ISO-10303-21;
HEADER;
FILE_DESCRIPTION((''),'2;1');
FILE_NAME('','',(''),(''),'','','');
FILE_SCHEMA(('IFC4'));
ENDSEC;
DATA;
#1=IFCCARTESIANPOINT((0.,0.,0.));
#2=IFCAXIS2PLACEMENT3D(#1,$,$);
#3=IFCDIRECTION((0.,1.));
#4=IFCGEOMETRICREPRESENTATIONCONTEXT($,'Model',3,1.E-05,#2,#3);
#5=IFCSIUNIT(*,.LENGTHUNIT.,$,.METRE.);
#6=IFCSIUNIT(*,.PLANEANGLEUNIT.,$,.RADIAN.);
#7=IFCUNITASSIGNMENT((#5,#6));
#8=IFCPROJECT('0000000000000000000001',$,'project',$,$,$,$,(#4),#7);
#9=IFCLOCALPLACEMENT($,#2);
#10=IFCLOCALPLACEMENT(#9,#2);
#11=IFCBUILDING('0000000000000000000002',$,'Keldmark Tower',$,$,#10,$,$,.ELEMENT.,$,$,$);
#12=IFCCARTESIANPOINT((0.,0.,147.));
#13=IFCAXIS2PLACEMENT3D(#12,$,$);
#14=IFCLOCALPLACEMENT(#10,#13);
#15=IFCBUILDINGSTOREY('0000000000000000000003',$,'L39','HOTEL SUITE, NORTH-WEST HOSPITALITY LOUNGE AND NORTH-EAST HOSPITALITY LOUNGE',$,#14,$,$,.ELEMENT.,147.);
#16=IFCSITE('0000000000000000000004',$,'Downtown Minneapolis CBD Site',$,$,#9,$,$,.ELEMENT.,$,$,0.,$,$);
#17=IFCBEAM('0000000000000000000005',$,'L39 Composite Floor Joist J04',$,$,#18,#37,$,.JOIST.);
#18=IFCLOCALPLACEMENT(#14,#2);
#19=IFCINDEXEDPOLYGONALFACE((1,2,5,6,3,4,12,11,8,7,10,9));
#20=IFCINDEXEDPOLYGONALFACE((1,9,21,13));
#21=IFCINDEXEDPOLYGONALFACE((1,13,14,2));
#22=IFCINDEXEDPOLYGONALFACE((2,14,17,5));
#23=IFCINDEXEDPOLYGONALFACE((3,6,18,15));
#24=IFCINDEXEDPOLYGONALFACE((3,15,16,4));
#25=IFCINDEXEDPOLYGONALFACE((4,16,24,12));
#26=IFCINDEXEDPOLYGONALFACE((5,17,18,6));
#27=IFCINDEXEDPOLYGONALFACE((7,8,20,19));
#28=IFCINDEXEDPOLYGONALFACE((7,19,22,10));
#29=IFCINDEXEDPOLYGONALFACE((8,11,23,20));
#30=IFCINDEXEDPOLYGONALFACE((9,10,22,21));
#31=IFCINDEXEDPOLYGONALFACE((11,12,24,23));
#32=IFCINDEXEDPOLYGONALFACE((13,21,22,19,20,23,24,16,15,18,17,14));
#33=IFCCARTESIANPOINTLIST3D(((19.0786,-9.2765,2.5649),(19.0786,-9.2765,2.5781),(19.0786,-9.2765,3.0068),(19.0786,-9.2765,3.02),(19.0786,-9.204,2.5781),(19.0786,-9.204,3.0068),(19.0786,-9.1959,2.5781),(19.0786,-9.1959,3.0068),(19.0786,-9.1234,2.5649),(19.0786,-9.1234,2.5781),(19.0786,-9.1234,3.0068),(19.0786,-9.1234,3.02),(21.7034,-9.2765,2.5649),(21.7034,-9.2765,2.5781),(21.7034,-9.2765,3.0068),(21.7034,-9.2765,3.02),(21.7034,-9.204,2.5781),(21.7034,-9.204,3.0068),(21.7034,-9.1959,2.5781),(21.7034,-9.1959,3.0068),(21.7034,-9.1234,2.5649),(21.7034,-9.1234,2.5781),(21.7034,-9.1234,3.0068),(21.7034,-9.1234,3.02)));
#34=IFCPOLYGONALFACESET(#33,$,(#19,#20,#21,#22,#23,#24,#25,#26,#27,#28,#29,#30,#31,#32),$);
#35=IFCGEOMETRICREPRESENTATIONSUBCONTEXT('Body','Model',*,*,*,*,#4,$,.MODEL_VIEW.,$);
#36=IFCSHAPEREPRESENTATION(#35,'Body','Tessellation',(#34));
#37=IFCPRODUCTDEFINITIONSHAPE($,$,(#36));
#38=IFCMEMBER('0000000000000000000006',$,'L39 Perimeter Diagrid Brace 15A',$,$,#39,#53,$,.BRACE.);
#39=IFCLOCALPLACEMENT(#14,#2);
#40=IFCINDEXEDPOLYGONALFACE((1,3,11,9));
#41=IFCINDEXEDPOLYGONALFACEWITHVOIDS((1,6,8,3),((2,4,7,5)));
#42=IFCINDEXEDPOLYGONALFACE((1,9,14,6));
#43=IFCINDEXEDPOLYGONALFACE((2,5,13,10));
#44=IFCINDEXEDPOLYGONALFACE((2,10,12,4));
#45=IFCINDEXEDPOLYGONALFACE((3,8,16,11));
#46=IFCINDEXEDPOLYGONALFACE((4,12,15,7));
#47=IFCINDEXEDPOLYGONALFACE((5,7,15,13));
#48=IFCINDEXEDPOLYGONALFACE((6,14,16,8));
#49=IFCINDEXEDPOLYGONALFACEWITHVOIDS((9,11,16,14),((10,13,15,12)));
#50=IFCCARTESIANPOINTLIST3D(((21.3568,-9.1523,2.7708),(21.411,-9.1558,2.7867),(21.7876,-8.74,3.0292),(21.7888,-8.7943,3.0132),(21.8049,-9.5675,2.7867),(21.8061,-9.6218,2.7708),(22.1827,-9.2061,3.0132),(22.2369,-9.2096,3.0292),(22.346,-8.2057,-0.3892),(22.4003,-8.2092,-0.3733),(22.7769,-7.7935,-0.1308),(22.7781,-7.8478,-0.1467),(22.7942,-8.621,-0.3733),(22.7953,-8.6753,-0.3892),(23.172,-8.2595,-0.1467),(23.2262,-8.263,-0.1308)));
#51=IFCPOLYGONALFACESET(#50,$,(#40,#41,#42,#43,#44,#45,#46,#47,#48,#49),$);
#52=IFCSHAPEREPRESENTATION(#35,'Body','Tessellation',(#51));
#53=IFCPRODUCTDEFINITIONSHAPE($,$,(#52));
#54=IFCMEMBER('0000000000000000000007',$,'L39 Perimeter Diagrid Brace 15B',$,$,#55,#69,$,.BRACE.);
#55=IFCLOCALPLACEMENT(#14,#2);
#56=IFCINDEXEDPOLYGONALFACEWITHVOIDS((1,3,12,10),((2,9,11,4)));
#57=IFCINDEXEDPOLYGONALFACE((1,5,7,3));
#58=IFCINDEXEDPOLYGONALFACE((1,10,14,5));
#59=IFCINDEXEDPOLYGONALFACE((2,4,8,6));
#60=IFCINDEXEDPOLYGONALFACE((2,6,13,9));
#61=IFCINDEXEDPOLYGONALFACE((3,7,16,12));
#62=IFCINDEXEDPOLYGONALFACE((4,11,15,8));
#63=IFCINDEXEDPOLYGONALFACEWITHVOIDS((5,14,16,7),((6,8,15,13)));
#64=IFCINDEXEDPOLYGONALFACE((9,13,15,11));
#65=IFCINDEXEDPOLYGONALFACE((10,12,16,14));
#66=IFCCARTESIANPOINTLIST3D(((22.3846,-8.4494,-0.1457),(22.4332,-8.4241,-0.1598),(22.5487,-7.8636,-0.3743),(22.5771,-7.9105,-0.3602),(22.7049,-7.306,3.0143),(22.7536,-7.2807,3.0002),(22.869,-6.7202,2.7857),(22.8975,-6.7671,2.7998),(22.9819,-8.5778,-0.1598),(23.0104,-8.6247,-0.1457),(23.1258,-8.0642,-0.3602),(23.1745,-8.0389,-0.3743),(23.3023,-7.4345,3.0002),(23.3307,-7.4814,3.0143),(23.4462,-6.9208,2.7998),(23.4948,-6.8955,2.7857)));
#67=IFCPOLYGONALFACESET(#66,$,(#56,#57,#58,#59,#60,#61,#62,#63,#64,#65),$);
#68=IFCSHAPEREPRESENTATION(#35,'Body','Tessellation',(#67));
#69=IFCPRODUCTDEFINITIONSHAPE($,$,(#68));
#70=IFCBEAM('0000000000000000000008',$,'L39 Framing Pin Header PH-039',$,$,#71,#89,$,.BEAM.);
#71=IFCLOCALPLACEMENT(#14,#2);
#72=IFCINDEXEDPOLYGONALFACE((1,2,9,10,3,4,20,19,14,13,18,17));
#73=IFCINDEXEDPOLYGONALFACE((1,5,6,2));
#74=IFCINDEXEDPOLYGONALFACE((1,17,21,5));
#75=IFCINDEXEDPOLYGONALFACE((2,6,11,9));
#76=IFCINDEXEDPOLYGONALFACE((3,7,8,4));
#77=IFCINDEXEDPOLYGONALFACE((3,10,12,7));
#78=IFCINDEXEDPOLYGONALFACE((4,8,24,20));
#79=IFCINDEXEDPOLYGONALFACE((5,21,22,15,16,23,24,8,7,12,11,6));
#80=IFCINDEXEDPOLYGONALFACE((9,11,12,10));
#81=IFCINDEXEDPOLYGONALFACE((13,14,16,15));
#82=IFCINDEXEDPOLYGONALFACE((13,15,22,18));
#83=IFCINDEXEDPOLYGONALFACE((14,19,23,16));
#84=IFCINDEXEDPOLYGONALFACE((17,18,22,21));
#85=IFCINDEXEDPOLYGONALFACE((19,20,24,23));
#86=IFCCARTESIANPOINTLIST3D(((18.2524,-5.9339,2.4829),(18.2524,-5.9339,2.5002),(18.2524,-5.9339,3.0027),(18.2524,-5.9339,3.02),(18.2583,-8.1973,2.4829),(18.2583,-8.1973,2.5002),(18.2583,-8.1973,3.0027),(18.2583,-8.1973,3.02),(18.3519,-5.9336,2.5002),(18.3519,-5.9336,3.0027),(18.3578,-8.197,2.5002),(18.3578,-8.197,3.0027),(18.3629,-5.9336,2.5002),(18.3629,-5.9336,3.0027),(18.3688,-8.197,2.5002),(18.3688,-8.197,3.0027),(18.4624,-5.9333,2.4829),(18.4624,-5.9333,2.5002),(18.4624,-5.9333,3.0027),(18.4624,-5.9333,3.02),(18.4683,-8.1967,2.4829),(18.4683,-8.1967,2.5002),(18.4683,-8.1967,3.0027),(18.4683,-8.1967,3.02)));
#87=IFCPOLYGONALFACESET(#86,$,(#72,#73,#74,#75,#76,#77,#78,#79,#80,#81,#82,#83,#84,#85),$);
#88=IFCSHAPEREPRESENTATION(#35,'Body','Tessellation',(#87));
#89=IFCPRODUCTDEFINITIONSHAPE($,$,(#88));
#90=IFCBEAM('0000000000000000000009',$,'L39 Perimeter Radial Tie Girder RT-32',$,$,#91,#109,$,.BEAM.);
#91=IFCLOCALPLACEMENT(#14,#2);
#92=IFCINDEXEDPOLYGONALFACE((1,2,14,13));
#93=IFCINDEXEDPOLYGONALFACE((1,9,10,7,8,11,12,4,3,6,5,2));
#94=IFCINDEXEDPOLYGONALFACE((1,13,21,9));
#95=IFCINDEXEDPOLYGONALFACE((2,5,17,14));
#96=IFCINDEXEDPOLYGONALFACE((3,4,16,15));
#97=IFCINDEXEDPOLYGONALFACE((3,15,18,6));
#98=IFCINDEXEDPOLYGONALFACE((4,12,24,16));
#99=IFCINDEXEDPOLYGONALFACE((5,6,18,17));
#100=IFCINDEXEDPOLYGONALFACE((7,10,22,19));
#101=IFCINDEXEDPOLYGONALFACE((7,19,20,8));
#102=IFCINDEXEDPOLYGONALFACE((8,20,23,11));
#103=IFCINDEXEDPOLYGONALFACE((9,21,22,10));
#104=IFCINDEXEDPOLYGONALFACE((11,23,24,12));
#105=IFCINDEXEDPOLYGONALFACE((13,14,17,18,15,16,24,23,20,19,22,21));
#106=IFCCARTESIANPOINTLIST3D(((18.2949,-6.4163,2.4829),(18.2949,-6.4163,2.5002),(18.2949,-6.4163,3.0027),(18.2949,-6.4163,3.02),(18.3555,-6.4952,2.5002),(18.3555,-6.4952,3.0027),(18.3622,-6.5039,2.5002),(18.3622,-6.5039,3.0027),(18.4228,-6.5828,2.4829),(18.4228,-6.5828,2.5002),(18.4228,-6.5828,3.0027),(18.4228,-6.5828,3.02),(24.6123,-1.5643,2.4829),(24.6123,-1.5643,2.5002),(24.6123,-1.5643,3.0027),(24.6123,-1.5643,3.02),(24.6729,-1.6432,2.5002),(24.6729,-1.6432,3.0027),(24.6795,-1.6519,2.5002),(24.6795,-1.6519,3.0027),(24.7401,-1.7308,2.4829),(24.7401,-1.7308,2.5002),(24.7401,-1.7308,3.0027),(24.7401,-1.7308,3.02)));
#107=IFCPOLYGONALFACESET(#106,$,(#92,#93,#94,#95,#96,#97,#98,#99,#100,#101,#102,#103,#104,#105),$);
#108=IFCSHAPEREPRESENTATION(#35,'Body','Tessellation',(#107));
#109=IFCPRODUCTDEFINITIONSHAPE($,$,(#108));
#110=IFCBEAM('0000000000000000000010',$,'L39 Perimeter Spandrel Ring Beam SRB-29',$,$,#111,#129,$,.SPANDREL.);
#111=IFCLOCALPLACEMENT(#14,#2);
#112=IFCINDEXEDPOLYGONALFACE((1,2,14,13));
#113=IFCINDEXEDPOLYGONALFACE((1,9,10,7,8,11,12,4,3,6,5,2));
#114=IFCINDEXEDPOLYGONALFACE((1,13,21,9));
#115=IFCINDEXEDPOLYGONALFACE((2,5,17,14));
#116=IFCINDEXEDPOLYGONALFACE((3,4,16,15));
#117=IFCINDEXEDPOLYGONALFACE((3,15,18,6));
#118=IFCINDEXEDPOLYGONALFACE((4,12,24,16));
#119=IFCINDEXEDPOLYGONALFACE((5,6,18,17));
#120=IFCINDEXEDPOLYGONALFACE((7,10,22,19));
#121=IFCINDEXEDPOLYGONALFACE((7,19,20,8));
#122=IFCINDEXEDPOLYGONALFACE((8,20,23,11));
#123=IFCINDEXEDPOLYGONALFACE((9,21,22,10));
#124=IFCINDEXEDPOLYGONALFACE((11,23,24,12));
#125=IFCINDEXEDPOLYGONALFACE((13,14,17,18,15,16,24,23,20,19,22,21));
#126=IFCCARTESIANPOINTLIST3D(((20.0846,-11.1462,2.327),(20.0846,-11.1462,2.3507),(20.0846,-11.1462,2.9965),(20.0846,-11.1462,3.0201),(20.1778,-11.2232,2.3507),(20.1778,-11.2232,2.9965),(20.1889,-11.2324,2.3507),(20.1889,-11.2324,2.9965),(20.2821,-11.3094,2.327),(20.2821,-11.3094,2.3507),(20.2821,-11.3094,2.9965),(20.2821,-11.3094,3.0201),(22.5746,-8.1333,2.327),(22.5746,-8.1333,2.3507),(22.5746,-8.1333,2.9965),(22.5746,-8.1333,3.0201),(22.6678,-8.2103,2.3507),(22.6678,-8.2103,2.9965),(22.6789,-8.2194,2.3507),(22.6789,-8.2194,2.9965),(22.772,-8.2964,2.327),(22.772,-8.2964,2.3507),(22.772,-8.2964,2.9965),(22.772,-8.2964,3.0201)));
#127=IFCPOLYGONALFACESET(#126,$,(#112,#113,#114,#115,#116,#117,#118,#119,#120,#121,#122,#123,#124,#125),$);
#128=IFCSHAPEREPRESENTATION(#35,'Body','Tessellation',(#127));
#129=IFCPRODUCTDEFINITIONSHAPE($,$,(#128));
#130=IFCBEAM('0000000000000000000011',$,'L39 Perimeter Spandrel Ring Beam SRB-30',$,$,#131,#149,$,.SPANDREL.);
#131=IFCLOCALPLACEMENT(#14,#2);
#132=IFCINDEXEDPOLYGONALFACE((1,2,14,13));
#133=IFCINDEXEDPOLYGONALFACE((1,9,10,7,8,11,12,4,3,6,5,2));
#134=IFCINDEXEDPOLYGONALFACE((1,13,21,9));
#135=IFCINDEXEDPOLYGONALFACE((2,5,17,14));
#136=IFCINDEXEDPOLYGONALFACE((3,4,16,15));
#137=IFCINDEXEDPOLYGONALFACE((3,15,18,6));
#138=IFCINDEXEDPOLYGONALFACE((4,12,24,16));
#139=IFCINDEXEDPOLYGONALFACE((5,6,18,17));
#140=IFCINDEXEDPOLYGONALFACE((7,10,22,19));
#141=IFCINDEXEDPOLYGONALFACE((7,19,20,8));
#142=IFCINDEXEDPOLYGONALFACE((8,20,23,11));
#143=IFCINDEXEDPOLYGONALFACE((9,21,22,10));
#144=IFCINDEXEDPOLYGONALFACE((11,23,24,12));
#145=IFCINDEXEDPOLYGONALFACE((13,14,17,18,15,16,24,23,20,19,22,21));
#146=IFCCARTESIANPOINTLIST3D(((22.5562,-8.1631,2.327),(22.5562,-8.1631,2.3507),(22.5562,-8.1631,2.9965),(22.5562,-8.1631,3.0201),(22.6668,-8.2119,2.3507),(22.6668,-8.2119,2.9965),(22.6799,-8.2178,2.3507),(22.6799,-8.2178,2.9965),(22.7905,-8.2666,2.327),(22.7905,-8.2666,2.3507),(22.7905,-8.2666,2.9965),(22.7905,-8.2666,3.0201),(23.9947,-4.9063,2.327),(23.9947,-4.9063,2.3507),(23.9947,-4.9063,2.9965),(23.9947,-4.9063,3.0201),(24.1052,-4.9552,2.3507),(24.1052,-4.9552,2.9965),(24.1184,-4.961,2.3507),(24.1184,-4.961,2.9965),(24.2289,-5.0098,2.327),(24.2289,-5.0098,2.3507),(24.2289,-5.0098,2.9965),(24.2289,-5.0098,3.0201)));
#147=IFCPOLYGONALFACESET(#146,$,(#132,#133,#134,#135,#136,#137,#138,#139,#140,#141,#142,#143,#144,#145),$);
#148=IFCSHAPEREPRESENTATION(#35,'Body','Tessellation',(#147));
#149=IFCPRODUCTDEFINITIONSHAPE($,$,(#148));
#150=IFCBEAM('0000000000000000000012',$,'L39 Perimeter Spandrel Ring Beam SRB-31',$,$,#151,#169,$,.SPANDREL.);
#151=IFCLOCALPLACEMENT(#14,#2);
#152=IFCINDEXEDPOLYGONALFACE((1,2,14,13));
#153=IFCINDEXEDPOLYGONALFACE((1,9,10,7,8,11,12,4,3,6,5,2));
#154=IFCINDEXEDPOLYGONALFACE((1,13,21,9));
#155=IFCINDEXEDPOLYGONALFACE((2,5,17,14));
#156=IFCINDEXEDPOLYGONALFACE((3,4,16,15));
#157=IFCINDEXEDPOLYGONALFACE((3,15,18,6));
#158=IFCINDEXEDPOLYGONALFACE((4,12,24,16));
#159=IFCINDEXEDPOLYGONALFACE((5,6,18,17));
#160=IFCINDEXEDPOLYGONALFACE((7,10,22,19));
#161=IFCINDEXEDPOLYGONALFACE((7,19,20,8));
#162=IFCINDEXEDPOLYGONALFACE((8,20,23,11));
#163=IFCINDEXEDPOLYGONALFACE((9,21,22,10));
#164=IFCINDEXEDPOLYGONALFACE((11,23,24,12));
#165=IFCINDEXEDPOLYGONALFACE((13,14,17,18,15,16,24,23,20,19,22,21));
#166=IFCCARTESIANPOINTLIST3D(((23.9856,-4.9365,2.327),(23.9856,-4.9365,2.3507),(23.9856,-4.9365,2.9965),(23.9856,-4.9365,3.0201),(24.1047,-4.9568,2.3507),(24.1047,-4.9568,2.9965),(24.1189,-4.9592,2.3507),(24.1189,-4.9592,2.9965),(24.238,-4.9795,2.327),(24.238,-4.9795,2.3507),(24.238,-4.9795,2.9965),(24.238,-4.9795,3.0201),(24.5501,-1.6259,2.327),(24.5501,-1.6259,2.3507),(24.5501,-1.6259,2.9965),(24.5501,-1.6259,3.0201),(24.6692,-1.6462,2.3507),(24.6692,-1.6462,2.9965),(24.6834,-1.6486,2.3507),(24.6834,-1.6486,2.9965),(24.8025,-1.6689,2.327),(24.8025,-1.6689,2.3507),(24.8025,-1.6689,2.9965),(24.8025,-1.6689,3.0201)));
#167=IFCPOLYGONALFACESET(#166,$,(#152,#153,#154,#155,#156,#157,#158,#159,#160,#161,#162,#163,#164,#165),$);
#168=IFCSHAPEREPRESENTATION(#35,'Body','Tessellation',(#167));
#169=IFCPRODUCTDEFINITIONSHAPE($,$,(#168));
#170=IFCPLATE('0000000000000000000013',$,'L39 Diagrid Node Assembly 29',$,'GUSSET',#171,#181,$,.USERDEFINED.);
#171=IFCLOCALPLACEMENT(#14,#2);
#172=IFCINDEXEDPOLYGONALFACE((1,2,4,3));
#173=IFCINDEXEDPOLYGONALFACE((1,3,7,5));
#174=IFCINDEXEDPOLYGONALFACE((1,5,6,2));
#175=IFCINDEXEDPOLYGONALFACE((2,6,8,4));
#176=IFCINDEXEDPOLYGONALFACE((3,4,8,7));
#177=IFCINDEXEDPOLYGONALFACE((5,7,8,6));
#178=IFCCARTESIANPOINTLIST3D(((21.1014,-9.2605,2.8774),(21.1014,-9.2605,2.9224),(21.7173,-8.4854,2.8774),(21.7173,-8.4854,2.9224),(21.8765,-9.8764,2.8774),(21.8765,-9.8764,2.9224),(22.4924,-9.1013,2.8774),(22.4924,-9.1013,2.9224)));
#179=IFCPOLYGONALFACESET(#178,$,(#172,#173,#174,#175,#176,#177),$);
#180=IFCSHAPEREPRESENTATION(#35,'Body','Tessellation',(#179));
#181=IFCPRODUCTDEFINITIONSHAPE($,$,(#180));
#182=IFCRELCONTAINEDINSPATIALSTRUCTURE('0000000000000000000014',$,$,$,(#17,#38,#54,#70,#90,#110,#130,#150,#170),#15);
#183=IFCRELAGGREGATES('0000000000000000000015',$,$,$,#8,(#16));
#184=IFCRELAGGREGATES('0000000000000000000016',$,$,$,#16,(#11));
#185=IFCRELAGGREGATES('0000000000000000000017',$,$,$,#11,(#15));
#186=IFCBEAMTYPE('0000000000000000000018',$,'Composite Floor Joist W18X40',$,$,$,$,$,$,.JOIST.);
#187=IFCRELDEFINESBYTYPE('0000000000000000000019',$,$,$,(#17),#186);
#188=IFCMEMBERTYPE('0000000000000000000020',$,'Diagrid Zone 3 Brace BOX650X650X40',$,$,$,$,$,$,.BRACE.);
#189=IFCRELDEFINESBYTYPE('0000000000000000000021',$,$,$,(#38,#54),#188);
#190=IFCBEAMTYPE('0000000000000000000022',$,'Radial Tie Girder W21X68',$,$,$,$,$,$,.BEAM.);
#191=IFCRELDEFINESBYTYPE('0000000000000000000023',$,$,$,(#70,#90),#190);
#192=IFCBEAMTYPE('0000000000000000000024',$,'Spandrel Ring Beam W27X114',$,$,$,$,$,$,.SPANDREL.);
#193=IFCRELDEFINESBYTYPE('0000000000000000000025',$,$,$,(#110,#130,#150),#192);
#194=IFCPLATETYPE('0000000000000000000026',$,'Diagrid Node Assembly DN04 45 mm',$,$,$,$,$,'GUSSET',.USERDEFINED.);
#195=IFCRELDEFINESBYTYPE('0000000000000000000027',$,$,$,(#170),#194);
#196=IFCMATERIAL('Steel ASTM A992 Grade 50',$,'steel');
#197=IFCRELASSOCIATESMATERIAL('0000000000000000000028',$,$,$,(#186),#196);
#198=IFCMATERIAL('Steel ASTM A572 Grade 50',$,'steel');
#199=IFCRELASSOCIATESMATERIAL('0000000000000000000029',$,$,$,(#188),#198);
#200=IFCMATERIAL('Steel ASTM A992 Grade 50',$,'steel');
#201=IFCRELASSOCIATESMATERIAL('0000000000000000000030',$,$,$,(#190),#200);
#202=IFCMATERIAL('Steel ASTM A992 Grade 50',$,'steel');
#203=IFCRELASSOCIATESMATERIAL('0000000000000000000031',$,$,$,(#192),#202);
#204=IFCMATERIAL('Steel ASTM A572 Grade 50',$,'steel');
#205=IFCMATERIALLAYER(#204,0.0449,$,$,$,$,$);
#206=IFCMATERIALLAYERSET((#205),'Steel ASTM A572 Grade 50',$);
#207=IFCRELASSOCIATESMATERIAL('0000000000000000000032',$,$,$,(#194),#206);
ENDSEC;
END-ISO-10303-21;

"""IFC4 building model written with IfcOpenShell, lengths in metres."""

from ifc_helpers import new_model, si_unit, direction, frame, origin, origin_2d, place, context, subcontext, project, spatial, rectangle, hollow_rectangle, i_section, extrude, material, layer, layer_set, material_profile, profile_set, type_object, element, save


model = new_model("IFC4")

# Units and contexts
model_context = context("Model", 3, precision=1e-05, world=origin(), true_north=direction((0.0, 1.0)))
body_context = subcontext(model_context, "Body", "Model", "MODEL_VIEW")
ifc_project = project(units=[si_unit("LENGTHUNIT", "METRE"), si_unit("PLANEANGLEUNIT", "RADIAN")], contexts=[model_context])

# Site, building, storey
site_placement = place(None, origin())
site = spatial("IfcSite", under=ifc_project, at=site_placement, Name="Downtown Minneapolis CBD Site", CompositionType="ELEMENT", RefElevation=0.0)
building_placement = place(site_placement, origin())
building = spatial("IfcBuilding", under=site, at=building_placement, Name="Keldmark Tower", CompositionType="ELEMENT")
storey_placement = place(building_placement, frame((0.0, 0.0, 147.0)))
storey = spatial("IfcBuildingStorey", under=building, at=storey_placement, Name="L39", Description="HOTEL SUITE, NORTH-WEST HOSPITALITY LOUNGE AND NORTH-EAST HOSPITALITY LOUNGE", CompositionType="ELEMENT", Elevation=147.0)

# Beam
ifc_material_1 = material(Name="Steel ASTM A992 Grade 50", Category="steel")
ifc_material_profile_1 = material_profile(ifc_material_1, i_section(OverallWidth=0.1531, OverallDepth=0.4551, WebThickness=0.0081, FlangeThickness=0.0132, at=origin_2d()), Name="W18X40")
ifc_profile_set_1 = profile_set([ifc_material_profile_1], Name="Steel ASTM A992 Grade 50")
beam_type_1 = type_object("IfcBeamType", Name="Composite Floor Joist W18X40", PredefinedType="JOIST", material=ifc_profile_set_1)
beam_1_placement = place(storey_placement, frame((19.0786, -9.2, 2.7925), z_axis=(1.0, 0.0, 0.0), x_axis=(0.0, 1.0, 0.0)))
element("IfcBeam", 1, at=beam_1_placement, inside=storey, type_object=beam_type_1, Name="L39 Composite Floor Joist J04", PredefinedType="JOIST", context=body_context, shape_type="SweptSolid", body=[
    extrude(i_section(OverallWidth=0.1531, OverallDepth=0.4551, WebThickness=0.0081, FlangeThickness=0.0132, at=origin_2d()), origin(), (0.0, 0.0, 1.0), 2.6248),
])

# Members
ifc_material_2 = material(Name="Steel ASTM A572 Grade 50", Category="steel")
ifc_material_profile_2 = material_profile(ifc_material_2, hollow_rectangle(XDim=0.6499, YDim=0.6499, WallThickness=0.04, at=origin_2d()), Name="BOX650X650X40")
ifc_profile_set_2 = profile_set([ifc_material_profile_2], Name="Steel ASTM A572 Grade 50")
member_type = type_object("IfcMemberType", Name="Diagrid Zone 3 Brace BOX650X650X40", PredefinedType="BRACE", material=ifc_profile_set_2)
member_1_placement = place(storey_placement, frame((22.7861, -8.2344, -0.26), z_axis=(-0.28726, -0.274853, 0.917572), x_axis=(0.691332, -0.722537, 0.0)))
element("IfcMember", 2, at=member_1_placement, inside=storey, type_object=member_type, Name="L39 Perimeter Diagrid Brace 15A", PredefinedType="BRACE", context=body_context, shape_type="SweptSolid", body=[
    extrude(hollow_rectangle(XDim=0.6499, YDim=0.6499, WallThickness=0.04, at=origin_2d()), origin(), (0.0, 0.0, 1.0), 3.4438),
])
member_2_placement = place(storey_placement, frame((22.7795, -8.2441, -0.26), z_axis=(0.09489, 0.338697, 0.936099), x_axis=(-0.962923, 0.269775, 0.0)))
element("IfcMember", 3, at=member_2_placement, inside=storey, type_object=member_type, Name="L39 Perimeter Diagrid Brace 15B", PredefinedType="BRACE", context=body_context, shape_type="SweptSolid", body=[
    extrude(hollow_rectangle(XDim=0.6499, YDim=0.6499, WallThickness=0.04, at=origin_2d()), origin(), (0.0, 0.0, 1.0), 3.3757),
])

# Beams
ifc_material_3 = material(Name="Steel ASTM A992 Grade 50", Category="steel")
ifc_material_profile_3 = material_profile(ifc_material_3, i_section(OverallWidth=0.21, OverallDepth=0.5371, WebThickness=0.011, FlangeThickness=0.0173, at=origin_2d()), Name="W21X68")
ifc_profile_set_3 = profile_set([ifc_material_profile_3], Name="Steel ASTM A992 Grade 50")
beam_type_2 = type_object("IfcBeamType", Name="Radial Tie Girder W21X68", PredefinedType="BEAM", material=ifc_profile_set_3)
beam_2_placement = place(storey_placement, frame((18.3574, -5.9336, 2.7515), z_axis=(0.002589, -0.999997, 0.0), x_axis=(0.999997, 0.002589, 0.0)))
element("IfcBeam", 4, at=beam_2_placement, inside=storey, type_object=beam_type_2, Name="L39 Framing Pin Header PH-039", PredefinedType="BEAM", context=body_context, shape_type="SweptSolid", body=[
    extrude(i_section(OverallWidth=0.21, OverallDepth=0.5371, WebThickness=0.011, FlangeThickness=0.0173, at=origin_2d()), origin(), (0.0, 0.0, 1.0), 2.2634),
])
beam_3_placement = place(storey_placement, frame((18.3589, -6.4995, 2.7515), z_axis=(0.793077, 0.609121, 0.0), x_axis=(-0.609121, 0.793077, 0.0)))
element("IfcBeam", 5, at=beam_3_placement, inside=storey, type_object=beam_type_2, Name="L39 Perimeter Radial Tie Girder RT-32", PredefinedType="BEAM", context=body_context, shape_type="SweptSolid", body=[
    extrude(i_section(OverallWidth=0.21, OverallDepth=0.5371, WebThickness=0.011, FlangeThickness=0.0173, at=origin_2d()), origin(), (0.0, 0.0, 1.0), 7.9656),
])
ifc_material_4 = material(Name="Steel ASTM A992 Grade 50", Category="steel")
ifc_material_profile_4 = material_profile(ifc_material_4, i_section(OverallWidth=0.2561, OverallDepth=0.6931, WebThickness=0.0144, FlangeThickness=0.0237, at=origin_2d()), Name="W27X114")
ifc_profile_set_4 = profile_set([ifc_material_profile_4], Name="Steel ASTM A992 Grade 50")
beam_type_3 = type_object("IfcBeamType", Name="Spandrel Ring Beam W27X114", PredefinedType="SPANDREL", material=ifc_profile_set_4)
beam_4_placement = place(storey_placement, frame((20.1833, -11.2278, 2.6736), z_axis=(0.63704, 0.770831, 0.0), x_axis=(-0.770831, 0.63704, 0.0)))
element("IfcBeam", 6, at=beam_4_placement, inside=storey, type_object=beam_type_3, Name="L39 Perimeter Spandrel Ring Beam SRB-29", PredefinedType="SPANDREL", context=body_context, shape_type="SweptSolid", body=[
    extrude(i_section(OverallWidth=0.2561, OverallDepth=0.6931, WebThickness=0.0144, FlangeThickness=0.0237, at=origin_2d()), origin(), (0.0, 0.0, 1.0), 3.9087),
])
beam_5_placement = place(storey_placement, frame((22.6733, -8.2148, 2.6736), z_axis=(0.404025, 0.914748, 0.0), x_axis=(-0.914748, 0.404025, 0.0)))
element("IfcBeam", 7, at=beam_5_placement, inside=storey, type_object=beam_type_3, Name="L39 Perimeter Spandrel Ring Beam SRB-30", PredefinedType="SPANDREL", context=body_context, shape_type="SweptSolid", body=[
    extrude(i_section(OverallWidth=0.2561, OverallDepth=0.6931, WebThickness=0.0144, FlangeThickness=0.0237, at=origin_2d()), origin(), (0.0, 0.0, 1.0), 3.5603),
])
beam_6_placement = place(storey_placement, frame((24.1118, -4.958, 2.6736), z_axis=(0.168076, 0.985774, 0.0), x_axis=(-0.985774, 0.168076, 0.0)))
element("IfcBeam", 8, at=beam_6_placement, inside=storey, type_object=beam_type_3, Name="L39 Perimeter Spandrel Ring Beam SRB-31", PredefinedType="SPANDREL", context=body_context, shape_type="SweptSolid", body=[
    extrude(i_section(OverallWidth=0.2561, OverallDepth=0.6931, WebThickness=0.0144, FlangeThickness=0.0237, at=origin_2d()), origin(), (0.0, 0.0, 1.0), 3.3584),
])

# Plate
ifc_material_5 = material(Name="Steel ASTM A572 Grade 50", Category="steel")
ifc_layer_1 = layer(ifc_material_5, 0.0449)
ifc_layer_set_1 = layer_set([ifc_layer_1], Name="Steel ASTM A572 Grade 50")
plate_type = type_object("IfcPlateType", Name="Diagrid Node Assembly DN04 45 mm", ElementType="GUSSET", PredefinedType="USERDEFINED", material=ifc_layer_set_1)
for number, where, z_axis, x_axis, name in (
    (9, (21.7969, -9.1809, 2.8774), (0.0, 0.0, 1.0), (0.622105, 0.782934, 0.0), "L39 Diagrid Node Assembly 29"),
):
    element("IfcPlate", number, at=place(storey_placement, frame(where, z_axis=z_axis, x_axis=x_axis)), inside=storey, type_object=plate_type, Name=name, ObjectType="GUSSET", PredefinedType="USERDEFINED", context=body_context, shape_type="SweptSolid", body=[
        extrude(rectangle(XDim=0.99, YDim=0.99, at=origin_2d()), origin(), (0.0, 0.0, 1.0), 0.0449),
    ])

save(model, "model.ifc")
